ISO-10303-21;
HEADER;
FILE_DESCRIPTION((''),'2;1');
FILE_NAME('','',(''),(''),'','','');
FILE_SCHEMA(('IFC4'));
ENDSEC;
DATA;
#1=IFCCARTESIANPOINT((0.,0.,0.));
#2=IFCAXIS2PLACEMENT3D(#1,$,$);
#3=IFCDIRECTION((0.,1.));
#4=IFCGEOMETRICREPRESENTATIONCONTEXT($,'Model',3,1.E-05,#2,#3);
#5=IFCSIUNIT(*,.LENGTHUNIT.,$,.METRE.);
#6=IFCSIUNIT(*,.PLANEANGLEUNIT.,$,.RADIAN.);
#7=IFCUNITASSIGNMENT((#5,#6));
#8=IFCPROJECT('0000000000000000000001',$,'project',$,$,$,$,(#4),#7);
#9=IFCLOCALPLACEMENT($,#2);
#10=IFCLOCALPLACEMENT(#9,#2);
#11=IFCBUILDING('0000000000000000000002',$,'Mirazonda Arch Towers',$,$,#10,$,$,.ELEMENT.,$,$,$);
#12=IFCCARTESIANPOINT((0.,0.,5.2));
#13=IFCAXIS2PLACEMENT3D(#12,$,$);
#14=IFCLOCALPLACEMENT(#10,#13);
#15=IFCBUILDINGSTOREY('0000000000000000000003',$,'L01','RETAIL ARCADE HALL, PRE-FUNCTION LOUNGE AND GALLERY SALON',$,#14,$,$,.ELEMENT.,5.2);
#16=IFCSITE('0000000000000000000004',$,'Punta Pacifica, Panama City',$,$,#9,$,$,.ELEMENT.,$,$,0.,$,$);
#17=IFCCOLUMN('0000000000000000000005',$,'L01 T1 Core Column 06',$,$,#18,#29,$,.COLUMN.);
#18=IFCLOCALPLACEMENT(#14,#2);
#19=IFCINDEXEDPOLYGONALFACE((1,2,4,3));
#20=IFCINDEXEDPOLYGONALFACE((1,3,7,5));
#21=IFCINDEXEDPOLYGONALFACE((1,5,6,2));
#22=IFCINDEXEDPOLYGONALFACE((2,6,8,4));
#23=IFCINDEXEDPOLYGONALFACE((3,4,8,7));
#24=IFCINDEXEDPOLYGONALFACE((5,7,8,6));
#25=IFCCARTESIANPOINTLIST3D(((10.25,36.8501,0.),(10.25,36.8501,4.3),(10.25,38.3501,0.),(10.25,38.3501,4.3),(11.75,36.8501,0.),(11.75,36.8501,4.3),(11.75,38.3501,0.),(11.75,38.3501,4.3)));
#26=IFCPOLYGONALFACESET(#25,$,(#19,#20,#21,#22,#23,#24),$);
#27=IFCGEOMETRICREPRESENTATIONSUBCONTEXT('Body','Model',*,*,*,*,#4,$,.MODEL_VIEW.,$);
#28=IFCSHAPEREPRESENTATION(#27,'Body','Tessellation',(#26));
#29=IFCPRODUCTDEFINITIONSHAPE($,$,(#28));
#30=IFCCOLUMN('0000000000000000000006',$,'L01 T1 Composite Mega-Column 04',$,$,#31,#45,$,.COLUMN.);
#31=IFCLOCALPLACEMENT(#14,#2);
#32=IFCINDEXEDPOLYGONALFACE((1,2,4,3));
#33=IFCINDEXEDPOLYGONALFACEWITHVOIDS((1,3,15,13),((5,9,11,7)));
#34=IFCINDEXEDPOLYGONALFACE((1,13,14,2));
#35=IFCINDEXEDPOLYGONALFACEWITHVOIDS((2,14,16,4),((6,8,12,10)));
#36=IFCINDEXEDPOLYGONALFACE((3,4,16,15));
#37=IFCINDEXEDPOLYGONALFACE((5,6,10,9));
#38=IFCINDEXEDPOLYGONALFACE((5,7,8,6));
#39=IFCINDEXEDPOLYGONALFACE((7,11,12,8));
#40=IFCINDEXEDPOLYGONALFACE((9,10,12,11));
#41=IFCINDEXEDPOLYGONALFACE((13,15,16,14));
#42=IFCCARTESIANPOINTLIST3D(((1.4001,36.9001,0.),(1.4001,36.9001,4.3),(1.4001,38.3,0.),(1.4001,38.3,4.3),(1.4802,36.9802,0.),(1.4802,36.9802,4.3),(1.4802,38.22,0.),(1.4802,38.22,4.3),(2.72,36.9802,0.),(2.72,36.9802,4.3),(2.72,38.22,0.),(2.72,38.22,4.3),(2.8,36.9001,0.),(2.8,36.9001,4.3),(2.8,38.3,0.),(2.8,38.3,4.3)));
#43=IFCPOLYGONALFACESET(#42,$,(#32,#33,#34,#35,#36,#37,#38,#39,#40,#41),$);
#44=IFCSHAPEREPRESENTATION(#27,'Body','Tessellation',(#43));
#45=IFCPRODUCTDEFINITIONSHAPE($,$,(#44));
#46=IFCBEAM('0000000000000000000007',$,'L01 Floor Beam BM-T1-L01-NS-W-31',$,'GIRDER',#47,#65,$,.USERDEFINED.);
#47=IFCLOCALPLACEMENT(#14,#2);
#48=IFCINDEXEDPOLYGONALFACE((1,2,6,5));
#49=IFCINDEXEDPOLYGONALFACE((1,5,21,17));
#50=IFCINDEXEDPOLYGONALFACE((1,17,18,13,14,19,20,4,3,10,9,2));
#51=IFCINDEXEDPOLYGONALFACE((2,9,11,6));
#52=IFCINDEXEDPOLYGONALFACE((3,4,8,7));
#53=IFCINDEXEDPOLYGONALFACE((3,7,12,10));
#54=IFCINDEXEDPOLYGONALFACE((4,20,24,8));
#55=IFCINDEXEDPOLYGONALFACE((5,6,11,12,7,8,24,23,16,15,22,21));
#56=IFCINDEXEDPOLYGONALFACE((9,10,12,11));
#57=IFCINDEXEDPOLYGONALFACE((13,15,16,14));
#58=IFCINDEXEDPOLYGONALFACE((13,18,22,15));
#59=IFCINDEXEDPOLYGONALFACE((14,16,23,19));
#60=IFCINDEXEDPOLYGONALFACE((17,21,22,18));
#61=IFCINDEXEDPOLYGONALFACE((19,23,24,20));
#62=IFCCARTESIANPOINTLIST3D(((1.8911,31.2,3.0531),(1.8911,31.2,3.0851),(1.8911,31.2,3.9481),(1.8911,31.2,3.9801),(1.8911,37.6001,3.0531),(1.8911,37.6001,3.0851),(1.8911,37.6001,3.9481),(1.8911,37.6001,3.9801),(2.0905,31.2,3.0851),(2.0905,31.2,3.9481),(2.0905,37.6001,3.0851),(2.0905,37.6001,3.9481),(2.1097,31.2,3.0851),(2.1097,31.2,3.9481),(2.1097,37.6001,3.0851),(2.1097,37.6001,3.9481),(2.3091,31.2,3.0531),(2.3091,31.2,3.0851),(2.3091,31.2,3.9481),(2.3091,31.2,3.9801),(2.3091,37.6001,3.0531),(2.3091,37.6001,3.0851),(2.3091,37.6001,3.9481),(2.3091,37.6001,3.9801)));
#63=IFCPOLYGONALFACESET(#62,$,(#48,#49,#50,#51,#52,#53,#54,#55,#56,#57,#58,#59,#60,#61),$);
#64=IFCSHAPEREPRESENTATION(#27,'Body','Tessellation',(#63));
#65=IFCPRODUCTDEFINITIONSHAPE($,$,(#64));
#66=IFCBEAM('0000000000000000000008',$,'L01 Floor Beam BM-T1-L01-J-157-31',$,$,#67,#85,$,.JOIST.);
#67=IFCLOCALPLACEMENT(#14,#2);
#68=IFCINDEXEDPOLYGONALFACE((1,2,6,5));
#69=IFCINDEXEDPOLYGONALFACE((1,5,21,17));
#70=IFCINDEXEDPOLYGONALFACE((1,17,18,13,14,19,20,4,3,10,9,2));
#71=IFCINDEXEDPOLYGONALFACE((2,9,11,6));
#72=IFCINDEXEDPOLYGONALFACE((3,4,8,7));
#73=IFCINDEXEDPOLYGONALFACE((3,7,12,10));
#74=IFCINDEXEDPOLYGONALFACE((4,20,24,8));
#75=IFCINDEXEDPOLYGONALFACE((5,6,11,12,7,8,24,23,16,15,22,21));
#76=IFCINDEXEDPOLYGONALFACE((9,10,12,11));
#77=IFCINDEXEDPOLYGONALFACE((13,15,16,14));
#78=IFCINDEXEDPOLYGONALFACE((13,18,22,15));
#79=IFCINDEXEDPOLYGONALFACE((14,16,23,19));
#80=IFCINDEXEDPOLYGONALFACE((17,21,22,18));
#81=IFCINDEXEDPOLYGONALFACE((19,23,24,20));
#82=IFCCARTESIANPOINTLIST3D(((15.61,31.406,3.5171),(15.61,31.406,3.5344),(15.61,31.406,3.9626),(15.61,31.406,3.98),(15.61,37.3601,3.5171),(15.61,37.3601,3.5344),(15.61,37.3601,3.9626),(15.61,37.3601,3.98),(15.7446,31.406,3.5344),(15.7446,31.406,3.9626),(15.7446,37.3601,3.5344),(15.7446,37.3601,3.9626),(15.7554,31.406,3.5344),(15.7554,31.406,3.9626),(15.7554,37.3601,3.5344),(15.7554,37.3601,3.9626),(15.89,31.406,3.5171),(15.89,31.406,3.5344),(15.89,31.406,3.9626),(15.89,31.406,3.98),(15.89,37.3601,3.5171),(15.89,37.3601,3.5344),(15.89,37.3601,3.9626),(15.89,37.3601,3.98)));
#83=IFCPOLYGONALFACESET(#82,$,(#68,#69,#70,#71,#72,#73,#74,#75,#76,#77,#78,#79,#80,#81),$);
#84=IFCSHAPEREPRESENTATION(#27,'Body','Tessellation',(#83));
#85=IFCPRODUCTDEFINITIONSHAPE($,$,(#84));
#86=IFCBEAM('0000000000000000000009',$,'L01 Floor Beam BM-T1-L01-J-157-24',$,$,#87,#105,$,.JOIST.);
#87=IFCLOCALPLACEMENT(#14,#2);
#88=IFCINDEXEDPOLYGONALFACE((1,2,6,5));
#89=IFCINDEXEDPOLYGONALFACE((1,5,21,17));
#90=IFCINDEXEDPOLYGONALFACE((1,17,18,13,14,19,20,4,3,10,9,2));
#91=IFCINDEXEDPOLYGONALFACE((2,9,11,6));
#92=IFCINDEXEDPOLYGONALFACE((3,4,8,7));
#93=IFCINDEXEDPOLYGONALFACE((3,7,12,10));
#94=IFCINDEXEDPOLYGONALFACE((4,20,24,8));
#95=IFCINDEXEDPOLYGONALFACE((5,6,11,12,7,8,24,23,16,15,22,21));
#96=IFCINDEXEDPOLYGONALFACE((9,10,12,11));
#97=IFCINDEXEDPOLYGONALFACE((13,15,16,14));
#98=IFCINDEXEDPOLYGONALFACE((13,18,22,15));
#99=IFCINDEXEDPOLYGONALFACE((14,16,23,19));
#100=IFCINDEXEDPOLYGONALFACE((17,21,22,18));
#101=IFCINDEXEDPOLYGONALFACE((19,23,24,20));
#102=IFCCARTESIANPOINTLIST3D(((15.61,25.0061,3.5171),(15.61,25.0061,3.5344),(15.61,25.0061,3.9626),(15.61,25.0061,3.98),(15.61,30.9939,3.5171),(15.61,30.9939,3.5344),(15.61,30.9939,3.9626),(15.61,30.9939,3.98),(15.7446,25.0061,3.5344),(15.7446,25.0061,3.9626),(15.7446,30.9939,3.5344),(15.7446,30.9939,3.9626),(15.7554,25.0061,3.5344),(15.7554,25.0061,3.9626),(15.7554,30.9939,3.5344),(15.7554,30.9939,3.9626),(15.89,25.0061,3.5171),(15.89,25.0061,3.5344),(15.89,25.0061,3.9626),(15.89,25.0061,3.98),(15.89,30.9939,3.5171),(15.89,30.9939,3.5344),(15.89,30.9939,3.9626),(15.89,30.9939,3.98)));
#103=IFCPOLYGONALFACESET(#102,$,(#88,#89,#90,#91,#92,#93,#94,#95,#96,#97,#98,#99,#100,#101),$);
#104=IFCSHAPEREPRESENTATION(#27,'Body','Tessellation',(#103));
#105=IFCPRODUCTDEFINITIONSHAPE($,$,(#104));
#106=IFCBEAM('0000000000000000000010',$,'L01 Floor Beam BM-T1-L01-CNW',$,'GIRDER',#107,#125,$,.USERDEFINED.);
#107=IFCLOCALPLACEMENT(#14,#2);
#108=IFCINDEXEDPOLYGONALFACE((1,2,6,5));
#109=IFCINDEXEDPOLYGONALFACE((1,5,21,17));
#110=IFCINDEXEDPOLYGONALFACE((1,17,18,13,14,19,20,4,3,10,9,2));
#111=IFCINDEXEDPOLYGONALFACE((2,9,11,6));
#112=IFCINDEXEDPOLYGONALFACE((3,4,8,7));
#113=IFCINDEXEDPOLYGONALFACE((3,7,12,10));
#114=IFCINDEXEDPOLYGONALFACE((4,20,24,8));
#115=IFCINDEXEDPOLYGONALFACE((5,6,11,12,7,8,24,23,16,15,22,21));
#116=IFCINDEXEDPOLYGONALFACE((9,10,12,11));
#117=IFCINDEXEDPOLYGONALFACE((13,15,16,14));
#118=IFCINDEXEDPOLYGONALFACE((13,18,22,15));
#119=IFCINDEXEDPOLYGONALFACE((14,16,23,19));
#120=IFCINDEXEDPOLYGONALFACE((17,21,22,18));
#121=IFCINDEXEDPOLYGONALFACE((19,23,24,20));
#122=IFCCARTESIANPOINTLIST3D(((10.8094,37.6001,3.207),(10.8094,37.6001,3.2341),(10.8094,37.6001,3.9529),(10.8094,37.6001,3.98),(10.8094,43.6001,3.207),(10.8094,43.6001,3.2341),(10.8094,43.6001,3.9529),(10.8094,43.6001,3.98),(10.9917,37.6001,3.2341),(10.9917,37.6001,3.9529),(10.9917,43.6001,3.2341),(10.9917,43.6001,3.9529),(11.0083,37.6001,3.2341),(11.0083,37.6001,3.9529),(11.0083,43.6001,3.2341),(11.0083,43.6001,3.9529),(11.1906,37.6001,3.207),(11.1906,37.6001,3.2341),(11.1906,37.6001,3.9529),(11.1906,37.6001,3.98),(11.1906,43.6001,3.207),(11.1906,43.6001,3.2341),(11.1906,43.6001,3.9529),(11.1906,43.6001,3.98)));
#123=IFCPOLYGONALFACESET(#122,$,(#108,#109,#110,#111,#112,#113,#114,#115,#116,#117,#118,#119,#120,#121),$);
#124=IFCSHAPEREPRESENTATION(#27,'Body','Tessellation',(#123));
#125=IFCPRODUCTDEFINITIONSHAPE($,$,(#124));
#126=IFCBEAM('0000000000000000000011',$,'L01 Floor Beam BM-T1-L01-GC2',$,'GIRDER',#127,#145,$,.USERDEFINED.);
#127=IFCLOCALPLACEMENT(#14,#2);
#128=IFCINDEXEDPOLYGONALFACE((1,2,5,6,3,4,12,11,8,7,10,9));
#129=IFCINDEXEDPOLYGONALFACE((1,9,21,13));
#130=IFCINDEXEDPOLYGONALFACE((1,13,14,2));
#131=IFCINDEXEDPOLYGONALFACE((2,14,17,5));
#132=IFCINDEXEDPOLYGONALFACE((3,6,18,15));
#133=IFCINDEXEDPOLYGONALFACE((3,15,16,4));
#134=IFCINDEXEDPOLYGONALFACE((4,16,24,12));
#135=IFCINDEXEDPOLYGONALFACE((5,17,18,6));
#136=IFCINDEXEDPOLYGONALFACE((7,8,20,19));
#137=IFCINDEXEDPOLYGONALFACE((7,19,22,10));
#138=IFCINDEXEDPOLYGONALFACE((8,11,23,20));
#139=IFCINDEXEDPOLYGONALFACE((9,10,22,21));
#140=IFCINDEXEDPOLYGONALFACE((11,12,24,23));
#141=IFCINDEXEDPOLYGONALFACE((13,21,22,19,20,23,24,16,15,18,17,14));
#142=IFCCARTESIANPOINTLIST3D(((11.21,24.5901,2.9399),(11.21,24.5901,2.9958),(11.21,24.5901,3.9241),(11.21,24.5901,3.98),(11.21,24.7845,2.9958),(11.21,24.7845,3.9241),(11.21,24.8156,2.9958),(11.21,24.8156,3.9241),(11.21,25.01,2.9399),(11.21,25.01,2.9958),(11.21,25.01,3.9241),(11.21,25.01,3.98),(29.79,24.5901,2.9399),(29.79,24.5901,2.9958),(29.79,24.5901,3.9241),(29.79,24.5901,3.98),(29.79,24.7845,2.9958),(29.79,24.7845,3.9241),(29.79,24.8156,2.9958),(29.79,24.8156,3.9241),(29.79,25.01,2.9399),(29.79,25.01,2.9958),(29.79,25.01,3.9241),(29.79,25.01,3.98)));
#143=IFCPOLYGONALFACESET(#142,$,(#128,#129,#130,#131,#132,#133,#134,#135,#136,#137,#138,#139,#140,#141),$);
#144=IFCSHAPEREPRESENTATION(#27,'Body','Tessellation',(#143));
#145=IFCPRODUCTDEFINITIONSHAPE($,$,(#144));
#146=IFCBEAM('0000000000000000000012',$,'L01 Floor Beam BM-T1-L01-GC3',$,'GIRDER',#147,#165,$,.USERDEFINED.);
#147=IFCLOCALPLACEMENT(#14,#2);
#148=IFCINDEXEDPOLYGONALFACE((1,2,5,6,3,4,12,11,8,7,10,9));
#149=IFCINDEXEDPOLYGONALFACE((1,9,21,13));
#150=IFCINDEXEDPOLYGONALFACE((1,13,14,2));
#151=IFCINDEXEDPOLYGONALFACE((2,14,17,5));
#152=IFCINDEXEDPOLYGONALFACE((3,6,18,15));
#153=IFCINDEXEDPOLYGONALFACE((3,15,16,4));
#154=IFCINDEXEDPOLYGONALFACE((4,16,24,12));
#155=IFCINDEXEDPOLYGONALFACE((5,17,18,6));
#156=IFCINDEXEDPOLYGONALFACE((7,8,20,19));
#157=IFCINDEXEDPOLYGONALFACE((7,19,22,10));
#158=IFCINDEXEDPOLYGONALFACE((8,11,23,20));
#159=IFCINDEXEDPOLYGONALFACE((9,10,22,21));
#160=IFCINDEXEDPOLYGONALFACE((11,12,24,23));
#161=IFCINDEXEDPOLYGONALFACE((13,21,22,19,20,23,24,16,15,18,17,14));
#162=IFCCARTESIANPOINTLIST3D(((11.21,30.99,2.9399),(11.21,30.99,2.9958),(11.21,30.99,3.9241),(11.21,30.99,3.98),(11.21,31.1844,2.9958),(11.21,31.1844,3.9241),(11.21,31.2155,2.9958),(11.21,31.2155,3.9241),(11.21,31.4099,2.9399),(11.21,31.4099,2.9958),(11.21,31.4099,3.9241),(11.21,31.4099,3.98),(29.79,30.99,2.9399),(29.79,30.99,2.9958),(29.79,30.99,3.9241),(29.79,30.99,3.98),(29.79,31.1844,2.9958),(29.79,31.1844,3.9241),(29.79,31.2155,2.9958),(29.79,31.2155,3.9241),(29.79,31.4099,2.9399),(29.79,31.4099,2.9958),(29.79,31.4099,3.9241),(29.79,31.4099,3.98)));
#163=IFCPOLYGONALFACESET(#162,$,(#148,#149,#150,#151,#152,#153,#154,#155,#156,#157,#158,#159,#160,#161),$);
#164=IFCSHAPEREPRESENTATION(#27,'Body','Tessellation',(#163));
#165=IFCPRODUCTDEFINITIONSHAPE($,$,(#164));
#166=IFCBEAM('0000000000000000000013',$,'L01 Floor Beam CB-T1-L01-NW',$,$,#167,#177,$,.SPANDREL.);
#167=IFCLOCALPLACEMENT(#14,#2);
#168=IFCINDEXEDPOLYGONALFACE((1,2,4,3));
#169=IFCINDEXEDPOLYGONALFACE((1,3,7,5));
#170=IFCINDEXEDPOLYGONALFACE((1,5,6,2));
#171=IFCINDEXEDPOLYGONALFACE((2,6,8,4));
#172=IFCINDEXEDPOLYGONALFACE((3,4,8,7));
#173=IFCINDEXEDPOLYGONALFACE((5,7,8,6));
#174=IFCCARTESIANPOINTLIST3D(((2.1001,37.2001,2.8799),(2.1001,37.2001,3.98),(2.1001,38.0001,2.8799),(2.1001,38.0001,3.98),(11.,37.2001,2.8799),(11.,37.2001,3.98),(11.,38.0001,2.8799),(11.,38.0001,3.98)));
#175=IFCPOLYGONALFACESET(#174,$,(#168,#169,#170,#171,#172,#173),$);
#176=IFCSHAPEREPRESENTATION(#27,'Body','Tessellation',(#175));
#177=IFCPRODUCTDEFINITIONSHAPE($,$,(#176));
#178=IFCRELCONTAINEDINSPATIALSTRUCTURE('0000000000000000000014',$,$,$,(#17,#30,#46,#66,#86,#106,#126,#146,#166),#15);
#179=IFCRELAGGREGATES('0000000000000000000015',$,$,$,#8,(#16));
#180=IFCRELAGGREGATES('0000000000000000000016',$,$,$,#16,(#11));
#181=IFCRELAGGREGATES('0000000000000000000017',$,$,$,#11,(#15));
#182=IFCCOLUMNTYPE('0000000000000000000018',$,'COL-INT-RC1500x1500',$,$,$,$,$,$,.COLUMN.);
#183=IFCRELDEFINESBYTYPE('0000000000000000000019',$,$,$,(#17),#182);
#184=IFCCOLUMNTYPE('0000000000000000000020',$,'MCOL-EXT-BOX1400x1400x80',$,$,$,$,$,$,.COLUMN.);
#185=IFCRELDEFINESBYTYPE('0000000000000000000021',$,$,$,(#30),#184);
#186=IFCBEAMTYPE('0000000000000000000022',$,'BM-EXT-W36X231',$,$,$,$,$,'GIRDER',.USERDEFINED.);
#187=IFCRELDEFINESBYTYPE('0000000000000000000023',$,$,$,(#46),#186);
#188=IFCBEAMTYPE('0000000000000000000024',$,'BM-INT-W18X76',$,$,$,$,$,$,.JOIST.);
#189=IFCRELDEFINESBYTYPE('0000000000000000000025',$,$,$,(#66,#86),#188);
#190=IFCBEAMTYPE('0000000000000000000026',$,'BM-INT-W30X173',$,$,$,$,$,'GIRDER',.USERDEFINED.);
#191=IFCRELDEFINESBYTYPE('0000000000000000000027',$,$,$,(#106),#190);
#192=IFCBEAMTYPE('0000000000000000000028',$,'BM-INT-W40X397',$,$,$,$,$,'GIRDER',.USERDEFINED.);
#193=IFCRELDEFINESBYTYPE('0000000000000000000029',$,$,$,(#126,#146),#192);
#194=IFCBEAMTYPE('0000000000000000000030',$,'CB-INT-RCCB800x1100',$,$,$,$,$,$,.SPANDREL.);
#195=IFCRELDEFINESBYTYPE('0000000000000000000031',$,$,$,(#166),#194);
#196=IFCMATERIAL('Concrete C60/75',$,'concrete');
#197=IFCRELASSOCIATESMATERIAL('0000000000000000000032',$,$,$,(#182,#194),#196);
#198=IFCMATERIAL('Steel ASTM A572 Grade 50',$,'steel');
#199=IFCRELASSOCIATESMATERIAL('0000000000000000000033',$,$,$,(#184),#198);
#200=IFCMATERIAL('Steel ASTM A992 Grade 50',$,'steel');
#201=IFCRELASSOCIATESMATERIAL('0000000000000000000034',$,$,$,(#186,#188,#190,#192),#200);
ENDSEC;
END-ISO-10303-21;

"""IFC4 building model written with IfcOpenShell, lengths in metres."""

from ifc_helpers import new_model, si_unit, direction, frame, origin, origin_2d, place, context, subcontext, project, spatial, rectangle, hollow_rectangle, i_section, extrude, material, material_profile, profile_set, type_object, element, save


model = new_model("IFC4")

# Units and contexts
model_context = context("Model", 3, precision=1e-05, world=origin(), true_north=direction((0.0, 1.0)))
body_context = subcontext(model_context, "Body", "Model", "MODEL_VIEW")
ifc_project = project(units=[si_unit("LENGTHUNIT", "METRE"), si_unit("PLANEANGLEUNIT", "RADIAN")], contexts=[model_context])

# Site, building, storey
site_placement = place(None, origin())
site = spatial("IfcSite", under=ifc_project, at=site_placement, Name="Punta Pacifica, Panama City", CompositionType="ELEMENT", RefElevation=0.0)
building_placement = place(site_placement, origin())
building = spatial("IfcBuilding", under=site, at=building_placement, Name="Mirazonda Arch Towers", CompositionType="ELEMENT")
storey_placement = place(building_placement, frame((0.0, 0.0, 5.2)))
storey = spatial("IfcBuildingStorey", under=building, at=storey_placement, Name="L01", Description="RETAIL ARCADE HALL, PRE-FUNCTION LOUNGE AND GALLERY SALON", CompositionType="ELEMENT", Elevation=5.2)

# Columns
ifc_material_1 = material(Name="Concrete C60/75", Category="concrete")
ifc_material_profile_1 = material_profile(ifc_material_1, rectangle(XDim=1.5, YDim=1.5, at=origin_2d()), Name="RC1500x1500")
ifc_profile_set_1 = profile_set([ifc_material_profile_1], Name="Concrete C60/75")
column_type_1 = type_object("IfcColumnType", Name="COL-INT-RC1500x1500", PredefinedType="COLUMN", material=ifc_profile_set_1)
column_1_placement = place(storey_placement, frame((11.0, 37.6001, 0.0), z_axis=(0.0, 0.0, 1.0), x_axis=(1.0, 0.0, 0.0)))
element("IfcColumn", 1, at=column_1_placement, inside=storey, type_object=column_type_1, Name="L01 T1 Core Column 06", PredefinedType="COLUMN", context=body_context, shape_type="SweptSolid", body=[
    extrude(rectangle(XDim=1.5, YDim=1.5, at=origin_2d()), origin(), (0.0, 0.0, 1.0), 4.3),
])
ifc_material_2 = material(Name="Steel ASTM A572 Grade 50", Category="steel")
ifc_material_profile_2 = material_profile(ifc_material_2, hollow_rectangle(XDim=1.3999, YDim=1.3999, WallThickness=0.0801, at=origin_2d()), Name="BOX1400x1400x80")
ifc_profile_set_2 = profile_set([ifc_material_profile_2], Name="Steel ASTM A572 Grade 50")
column_type_2 = type_object("IfcColumnType", Name="MCOL-EXT-BOX1400x1400x80", PredefinedType="COLUMN", material=ifc_profile_set_2)
column_2_placement = place(storey_placement, frame((2.1001, 37.6001, 0.0), z_axis=(0.0, 0.0, 1.0), x_axis=(1.0, 0.0, 0.0)))
element("IfcColumn", 2, at=column_2_placement, inside=storey, type_object=column_type_2, Name="L01 T1 Composite Mega-Column 04", PredefinedType="COLUMN", context=body_context, shape_type="SweptSolid", body=[
    extrude(hollow_rectangle(XDim=1.3999, YDim=1.3999, WallThickness=0.0801, at=origin_2d()), origin(), (0.0, 0.0, 1.0), 4.3),
])

# Beams
ifc_material_3 = material(Name="Steel ASTM A992 Grade 50", Category="steel")
ifc_material_profile_3 = material_profile(ifc_material_3, i_section(OverallWidth=0.418, OverallDepth=0.927, WebThickness=0.0193, FlangeThickness=0.032, at=origin_2d()), Name="W36X231")
ifc_profile_set_3 = profile_set([ifc_material_profile_3], Name="Steel ASTM A992 Grade 50")
beam_type_1 = type_object("IfcBeamType", Name="BM-EXT-W36X231", ElementType="GIRDER", PredefinedType="USERDEFINED", material=ifc_profile_set_3)
beam_1_placement = place(storey_placement, frame((2.1001, 31.2, 3.5166), z_axis=(0.0, 1.0, 0.0), x_axis=(-1.0, 0.0, 0.0)))
element("IfcBeam", 3, at=beam_1_placement, inside=storey, type_object=beam_type_1, Name="L01 Floor Beam BM-T1-L01-NS-W-31", ObjectType="GIRDER", PredefinedType="USERDEFINED", context=body_context, shape_type="SweptSolid", body=[
    extrude(i_section(OverallWidth=0.418, OverallDepth=0.927, WebThickness=0.0193, FlangeThickness=0.032, at=origin_2d()), origin(), (0.0, 0.0, 1.0), 6.4001),
])
ifc_material_profile_4 = material_profile(ifc_material_3, i_section(OverallWidth=0.28, OverallDepth=0.4629, WebThickness=0.0107, FlangeThickness=0.0173, at=origin_2d()), Name="W18X76")
ifc_profile_set_4 = profile_set([ifc_material_profile_4], Name="Steel ASTM A992 Grade 50")
beam_type_2 = type_object("IfcBeamType", Name="BM-INT-W18X76", PredefinedType="JOIST", material=ifc_profile_set_4)
beam_2_placement = place(storey_placement, frame((15.75, 31.406, 3.7485), z_axis=(0.0, 1.0, 0.0), x_axis=(-1.0, 0.0, 0.0)))
element("IfcBeam", 4, at=beam_2_placement, inside=storey, type_object=beam_type_2, Name="L01 Floor Beam BM-T1-L01-J-157-31", PredefinedType="JOIST", context=body_context, shape_type="SweptSolid", body=[
    extrude(i_section(OverallWidth=0.28, OverallDepth=0.4629, WebThickness=0.0107, FlangeThickness=0.0173, at=origin_2d()), origin(), (0.0, 0.0, 1.0), 5.9541),
])
beam_3_placement = place(storey_placement, frame((15.75, 25.0061, 3.7485), z_axis=(0.0, 1.0, 0.0), x_axis=(-1.0, 0.0, 0.0)))
element("IfcBeam", 5, at=beam_3_placement, inside=storey, type_object=beam_type_2, Name="L01 Floor Beam BM-T1-L01-J-157-24", PredefinedType="JOIST", context=body_context, shape_type="SweptSolid", body=[
    extrude(i_section(OverallWidth=0.28, OverallDepth=0.4629, WebThickness=0.0107, FlangeThickness=0.0173, at=origin_2d()), origin(), (0.0, 0.0, 1.0), 5.9878),
])
ifc_material_profile_5 = material_profile(ifc_material_3, i_section(OverallWidth=0.3811, OverallDepth=0.7729, WebThickness=0.0166, FlangeThickness=0.0271, at=origin_2d()), Name="W30X173")
ifc_profile_set_5 = profile_set([ifc_material_profile_5], Name="Steel ASTM A992 Grade 50")
beam_type_3 = type_object("IfcBeamType", Name="BM-INT-W30X173", ElementType="GIRDER", PredefinedType="USERDEFINED", material=ifc_profile_set_5)
beam_4_placement = place(storey_placement, frame((11.0, 37.6001, 3.5935), z_axis=(0.0, 1.0, 0.0), x_axis=(-1.0, 0.0, 0.0)))
element("IfcBeam", 6, at=beam_4_placement, inside=storey, type_object=beam_type_3, Name="L01 Floor Beam BM-T1-L01-CNW", ObjectType="GIRDER", PredefinedType="USERDEFINED", context=body_context, shape_type="SweptSolid", body=[
    extrude(i_section(OverallWidth=0.3811, OverallDepth=0.7729, WebThickness=0.0166, FlangeThickness=0.0271, at=origin_2d()), origin(), (0.0, 0.0, 1.0), 6.0),
])
ifc_material_profile_6 = material_profile(ifc_material_3, i_section(OverallWidth=0.4199, OverallDepth=1.04, WebThickness=0.031, FlangeThickness=0.0559, at=origin_2d()), Name="W40X397")
ifc_profile_set_6 = profile_set([ifc_material_profile_6], Name="Steel ASTM A992 Grade 50")
beam_type_4 = type_object("IfcBeamType", Name="BM-INT-W40X397", ElementType="GIRDER", PredefinedType="USERDEFINED", material=ifc_profile_set_6)
for number, where, z_axis, x_axis, name in (
    (7, (11.21, 24.8, 3.46), (1.0, 0.0, 0.0), (0.0, 1.0, 0.0), "L01 Floor Beam BM-T1-L01-GC2"),
    (8, (11.21, 31.2, 3.46), (1.0, 0.0, 0.0), (0.0, 1.0, 0.0), "L01 Floor Beam BM-T1-L01-GC3"),
):
    element("IfcBeam", number, at=place(storey_placement, frame(where, z_axis=z_axis, x_axis=x_axis)), inside=storey, type_object=beam_type_4, Name=name, ObjectType="GIRDER", PredefinedType="USERDEFINED", context=body_context, shape_type="SweptSolid", body=[
        extrude(i_section(OverallWidth=0.4199, OverallDepth=1.04, WebThickness=0.031, FlangeThickness=0.0559, at=origin_2d()), origin(), (0.0, 0.0, 1.0), 18.5801),
    ])
ifc_material_profile_7 = material_profile(ifc_material_1, rectangle(XDim=0.8, YDim=1.1001, at=origin_2d()), Name="RCCB800x1100")
ifc_profile_set_7 = profile_set([ifc_material_profile_7], Name="Concrete C60/75")
beam_type_5 = type_object("IfcBeamType", Name="CB-INT-RCCB800x1100", PredefinedType="SPANDREL", material=ifc_profile_set_7)
beam_5_placement = place(storey_placement, frame((2.1001, 37.6001, 3.4299), z_axis=(1.0, 0.0, 0.0), x_axis=(0.0, 1.0, 0.0)))
element("IfcBeam", 9, at=beam_5_placement, inside=storey, type_object=beam_type_5, Name="L01 Floor Beam CB-T1-L01-NW", PredefinedType="SPANDREL", context=body_context, shape_type="SweptSolid", body=[
    extrude(rectangle(XDim=0.8, YDim=1.1001, at=origin_2d()), origin(), (0.0, 0.0, 1.0), 8.8999),
])

save(model, "model.ifc")
